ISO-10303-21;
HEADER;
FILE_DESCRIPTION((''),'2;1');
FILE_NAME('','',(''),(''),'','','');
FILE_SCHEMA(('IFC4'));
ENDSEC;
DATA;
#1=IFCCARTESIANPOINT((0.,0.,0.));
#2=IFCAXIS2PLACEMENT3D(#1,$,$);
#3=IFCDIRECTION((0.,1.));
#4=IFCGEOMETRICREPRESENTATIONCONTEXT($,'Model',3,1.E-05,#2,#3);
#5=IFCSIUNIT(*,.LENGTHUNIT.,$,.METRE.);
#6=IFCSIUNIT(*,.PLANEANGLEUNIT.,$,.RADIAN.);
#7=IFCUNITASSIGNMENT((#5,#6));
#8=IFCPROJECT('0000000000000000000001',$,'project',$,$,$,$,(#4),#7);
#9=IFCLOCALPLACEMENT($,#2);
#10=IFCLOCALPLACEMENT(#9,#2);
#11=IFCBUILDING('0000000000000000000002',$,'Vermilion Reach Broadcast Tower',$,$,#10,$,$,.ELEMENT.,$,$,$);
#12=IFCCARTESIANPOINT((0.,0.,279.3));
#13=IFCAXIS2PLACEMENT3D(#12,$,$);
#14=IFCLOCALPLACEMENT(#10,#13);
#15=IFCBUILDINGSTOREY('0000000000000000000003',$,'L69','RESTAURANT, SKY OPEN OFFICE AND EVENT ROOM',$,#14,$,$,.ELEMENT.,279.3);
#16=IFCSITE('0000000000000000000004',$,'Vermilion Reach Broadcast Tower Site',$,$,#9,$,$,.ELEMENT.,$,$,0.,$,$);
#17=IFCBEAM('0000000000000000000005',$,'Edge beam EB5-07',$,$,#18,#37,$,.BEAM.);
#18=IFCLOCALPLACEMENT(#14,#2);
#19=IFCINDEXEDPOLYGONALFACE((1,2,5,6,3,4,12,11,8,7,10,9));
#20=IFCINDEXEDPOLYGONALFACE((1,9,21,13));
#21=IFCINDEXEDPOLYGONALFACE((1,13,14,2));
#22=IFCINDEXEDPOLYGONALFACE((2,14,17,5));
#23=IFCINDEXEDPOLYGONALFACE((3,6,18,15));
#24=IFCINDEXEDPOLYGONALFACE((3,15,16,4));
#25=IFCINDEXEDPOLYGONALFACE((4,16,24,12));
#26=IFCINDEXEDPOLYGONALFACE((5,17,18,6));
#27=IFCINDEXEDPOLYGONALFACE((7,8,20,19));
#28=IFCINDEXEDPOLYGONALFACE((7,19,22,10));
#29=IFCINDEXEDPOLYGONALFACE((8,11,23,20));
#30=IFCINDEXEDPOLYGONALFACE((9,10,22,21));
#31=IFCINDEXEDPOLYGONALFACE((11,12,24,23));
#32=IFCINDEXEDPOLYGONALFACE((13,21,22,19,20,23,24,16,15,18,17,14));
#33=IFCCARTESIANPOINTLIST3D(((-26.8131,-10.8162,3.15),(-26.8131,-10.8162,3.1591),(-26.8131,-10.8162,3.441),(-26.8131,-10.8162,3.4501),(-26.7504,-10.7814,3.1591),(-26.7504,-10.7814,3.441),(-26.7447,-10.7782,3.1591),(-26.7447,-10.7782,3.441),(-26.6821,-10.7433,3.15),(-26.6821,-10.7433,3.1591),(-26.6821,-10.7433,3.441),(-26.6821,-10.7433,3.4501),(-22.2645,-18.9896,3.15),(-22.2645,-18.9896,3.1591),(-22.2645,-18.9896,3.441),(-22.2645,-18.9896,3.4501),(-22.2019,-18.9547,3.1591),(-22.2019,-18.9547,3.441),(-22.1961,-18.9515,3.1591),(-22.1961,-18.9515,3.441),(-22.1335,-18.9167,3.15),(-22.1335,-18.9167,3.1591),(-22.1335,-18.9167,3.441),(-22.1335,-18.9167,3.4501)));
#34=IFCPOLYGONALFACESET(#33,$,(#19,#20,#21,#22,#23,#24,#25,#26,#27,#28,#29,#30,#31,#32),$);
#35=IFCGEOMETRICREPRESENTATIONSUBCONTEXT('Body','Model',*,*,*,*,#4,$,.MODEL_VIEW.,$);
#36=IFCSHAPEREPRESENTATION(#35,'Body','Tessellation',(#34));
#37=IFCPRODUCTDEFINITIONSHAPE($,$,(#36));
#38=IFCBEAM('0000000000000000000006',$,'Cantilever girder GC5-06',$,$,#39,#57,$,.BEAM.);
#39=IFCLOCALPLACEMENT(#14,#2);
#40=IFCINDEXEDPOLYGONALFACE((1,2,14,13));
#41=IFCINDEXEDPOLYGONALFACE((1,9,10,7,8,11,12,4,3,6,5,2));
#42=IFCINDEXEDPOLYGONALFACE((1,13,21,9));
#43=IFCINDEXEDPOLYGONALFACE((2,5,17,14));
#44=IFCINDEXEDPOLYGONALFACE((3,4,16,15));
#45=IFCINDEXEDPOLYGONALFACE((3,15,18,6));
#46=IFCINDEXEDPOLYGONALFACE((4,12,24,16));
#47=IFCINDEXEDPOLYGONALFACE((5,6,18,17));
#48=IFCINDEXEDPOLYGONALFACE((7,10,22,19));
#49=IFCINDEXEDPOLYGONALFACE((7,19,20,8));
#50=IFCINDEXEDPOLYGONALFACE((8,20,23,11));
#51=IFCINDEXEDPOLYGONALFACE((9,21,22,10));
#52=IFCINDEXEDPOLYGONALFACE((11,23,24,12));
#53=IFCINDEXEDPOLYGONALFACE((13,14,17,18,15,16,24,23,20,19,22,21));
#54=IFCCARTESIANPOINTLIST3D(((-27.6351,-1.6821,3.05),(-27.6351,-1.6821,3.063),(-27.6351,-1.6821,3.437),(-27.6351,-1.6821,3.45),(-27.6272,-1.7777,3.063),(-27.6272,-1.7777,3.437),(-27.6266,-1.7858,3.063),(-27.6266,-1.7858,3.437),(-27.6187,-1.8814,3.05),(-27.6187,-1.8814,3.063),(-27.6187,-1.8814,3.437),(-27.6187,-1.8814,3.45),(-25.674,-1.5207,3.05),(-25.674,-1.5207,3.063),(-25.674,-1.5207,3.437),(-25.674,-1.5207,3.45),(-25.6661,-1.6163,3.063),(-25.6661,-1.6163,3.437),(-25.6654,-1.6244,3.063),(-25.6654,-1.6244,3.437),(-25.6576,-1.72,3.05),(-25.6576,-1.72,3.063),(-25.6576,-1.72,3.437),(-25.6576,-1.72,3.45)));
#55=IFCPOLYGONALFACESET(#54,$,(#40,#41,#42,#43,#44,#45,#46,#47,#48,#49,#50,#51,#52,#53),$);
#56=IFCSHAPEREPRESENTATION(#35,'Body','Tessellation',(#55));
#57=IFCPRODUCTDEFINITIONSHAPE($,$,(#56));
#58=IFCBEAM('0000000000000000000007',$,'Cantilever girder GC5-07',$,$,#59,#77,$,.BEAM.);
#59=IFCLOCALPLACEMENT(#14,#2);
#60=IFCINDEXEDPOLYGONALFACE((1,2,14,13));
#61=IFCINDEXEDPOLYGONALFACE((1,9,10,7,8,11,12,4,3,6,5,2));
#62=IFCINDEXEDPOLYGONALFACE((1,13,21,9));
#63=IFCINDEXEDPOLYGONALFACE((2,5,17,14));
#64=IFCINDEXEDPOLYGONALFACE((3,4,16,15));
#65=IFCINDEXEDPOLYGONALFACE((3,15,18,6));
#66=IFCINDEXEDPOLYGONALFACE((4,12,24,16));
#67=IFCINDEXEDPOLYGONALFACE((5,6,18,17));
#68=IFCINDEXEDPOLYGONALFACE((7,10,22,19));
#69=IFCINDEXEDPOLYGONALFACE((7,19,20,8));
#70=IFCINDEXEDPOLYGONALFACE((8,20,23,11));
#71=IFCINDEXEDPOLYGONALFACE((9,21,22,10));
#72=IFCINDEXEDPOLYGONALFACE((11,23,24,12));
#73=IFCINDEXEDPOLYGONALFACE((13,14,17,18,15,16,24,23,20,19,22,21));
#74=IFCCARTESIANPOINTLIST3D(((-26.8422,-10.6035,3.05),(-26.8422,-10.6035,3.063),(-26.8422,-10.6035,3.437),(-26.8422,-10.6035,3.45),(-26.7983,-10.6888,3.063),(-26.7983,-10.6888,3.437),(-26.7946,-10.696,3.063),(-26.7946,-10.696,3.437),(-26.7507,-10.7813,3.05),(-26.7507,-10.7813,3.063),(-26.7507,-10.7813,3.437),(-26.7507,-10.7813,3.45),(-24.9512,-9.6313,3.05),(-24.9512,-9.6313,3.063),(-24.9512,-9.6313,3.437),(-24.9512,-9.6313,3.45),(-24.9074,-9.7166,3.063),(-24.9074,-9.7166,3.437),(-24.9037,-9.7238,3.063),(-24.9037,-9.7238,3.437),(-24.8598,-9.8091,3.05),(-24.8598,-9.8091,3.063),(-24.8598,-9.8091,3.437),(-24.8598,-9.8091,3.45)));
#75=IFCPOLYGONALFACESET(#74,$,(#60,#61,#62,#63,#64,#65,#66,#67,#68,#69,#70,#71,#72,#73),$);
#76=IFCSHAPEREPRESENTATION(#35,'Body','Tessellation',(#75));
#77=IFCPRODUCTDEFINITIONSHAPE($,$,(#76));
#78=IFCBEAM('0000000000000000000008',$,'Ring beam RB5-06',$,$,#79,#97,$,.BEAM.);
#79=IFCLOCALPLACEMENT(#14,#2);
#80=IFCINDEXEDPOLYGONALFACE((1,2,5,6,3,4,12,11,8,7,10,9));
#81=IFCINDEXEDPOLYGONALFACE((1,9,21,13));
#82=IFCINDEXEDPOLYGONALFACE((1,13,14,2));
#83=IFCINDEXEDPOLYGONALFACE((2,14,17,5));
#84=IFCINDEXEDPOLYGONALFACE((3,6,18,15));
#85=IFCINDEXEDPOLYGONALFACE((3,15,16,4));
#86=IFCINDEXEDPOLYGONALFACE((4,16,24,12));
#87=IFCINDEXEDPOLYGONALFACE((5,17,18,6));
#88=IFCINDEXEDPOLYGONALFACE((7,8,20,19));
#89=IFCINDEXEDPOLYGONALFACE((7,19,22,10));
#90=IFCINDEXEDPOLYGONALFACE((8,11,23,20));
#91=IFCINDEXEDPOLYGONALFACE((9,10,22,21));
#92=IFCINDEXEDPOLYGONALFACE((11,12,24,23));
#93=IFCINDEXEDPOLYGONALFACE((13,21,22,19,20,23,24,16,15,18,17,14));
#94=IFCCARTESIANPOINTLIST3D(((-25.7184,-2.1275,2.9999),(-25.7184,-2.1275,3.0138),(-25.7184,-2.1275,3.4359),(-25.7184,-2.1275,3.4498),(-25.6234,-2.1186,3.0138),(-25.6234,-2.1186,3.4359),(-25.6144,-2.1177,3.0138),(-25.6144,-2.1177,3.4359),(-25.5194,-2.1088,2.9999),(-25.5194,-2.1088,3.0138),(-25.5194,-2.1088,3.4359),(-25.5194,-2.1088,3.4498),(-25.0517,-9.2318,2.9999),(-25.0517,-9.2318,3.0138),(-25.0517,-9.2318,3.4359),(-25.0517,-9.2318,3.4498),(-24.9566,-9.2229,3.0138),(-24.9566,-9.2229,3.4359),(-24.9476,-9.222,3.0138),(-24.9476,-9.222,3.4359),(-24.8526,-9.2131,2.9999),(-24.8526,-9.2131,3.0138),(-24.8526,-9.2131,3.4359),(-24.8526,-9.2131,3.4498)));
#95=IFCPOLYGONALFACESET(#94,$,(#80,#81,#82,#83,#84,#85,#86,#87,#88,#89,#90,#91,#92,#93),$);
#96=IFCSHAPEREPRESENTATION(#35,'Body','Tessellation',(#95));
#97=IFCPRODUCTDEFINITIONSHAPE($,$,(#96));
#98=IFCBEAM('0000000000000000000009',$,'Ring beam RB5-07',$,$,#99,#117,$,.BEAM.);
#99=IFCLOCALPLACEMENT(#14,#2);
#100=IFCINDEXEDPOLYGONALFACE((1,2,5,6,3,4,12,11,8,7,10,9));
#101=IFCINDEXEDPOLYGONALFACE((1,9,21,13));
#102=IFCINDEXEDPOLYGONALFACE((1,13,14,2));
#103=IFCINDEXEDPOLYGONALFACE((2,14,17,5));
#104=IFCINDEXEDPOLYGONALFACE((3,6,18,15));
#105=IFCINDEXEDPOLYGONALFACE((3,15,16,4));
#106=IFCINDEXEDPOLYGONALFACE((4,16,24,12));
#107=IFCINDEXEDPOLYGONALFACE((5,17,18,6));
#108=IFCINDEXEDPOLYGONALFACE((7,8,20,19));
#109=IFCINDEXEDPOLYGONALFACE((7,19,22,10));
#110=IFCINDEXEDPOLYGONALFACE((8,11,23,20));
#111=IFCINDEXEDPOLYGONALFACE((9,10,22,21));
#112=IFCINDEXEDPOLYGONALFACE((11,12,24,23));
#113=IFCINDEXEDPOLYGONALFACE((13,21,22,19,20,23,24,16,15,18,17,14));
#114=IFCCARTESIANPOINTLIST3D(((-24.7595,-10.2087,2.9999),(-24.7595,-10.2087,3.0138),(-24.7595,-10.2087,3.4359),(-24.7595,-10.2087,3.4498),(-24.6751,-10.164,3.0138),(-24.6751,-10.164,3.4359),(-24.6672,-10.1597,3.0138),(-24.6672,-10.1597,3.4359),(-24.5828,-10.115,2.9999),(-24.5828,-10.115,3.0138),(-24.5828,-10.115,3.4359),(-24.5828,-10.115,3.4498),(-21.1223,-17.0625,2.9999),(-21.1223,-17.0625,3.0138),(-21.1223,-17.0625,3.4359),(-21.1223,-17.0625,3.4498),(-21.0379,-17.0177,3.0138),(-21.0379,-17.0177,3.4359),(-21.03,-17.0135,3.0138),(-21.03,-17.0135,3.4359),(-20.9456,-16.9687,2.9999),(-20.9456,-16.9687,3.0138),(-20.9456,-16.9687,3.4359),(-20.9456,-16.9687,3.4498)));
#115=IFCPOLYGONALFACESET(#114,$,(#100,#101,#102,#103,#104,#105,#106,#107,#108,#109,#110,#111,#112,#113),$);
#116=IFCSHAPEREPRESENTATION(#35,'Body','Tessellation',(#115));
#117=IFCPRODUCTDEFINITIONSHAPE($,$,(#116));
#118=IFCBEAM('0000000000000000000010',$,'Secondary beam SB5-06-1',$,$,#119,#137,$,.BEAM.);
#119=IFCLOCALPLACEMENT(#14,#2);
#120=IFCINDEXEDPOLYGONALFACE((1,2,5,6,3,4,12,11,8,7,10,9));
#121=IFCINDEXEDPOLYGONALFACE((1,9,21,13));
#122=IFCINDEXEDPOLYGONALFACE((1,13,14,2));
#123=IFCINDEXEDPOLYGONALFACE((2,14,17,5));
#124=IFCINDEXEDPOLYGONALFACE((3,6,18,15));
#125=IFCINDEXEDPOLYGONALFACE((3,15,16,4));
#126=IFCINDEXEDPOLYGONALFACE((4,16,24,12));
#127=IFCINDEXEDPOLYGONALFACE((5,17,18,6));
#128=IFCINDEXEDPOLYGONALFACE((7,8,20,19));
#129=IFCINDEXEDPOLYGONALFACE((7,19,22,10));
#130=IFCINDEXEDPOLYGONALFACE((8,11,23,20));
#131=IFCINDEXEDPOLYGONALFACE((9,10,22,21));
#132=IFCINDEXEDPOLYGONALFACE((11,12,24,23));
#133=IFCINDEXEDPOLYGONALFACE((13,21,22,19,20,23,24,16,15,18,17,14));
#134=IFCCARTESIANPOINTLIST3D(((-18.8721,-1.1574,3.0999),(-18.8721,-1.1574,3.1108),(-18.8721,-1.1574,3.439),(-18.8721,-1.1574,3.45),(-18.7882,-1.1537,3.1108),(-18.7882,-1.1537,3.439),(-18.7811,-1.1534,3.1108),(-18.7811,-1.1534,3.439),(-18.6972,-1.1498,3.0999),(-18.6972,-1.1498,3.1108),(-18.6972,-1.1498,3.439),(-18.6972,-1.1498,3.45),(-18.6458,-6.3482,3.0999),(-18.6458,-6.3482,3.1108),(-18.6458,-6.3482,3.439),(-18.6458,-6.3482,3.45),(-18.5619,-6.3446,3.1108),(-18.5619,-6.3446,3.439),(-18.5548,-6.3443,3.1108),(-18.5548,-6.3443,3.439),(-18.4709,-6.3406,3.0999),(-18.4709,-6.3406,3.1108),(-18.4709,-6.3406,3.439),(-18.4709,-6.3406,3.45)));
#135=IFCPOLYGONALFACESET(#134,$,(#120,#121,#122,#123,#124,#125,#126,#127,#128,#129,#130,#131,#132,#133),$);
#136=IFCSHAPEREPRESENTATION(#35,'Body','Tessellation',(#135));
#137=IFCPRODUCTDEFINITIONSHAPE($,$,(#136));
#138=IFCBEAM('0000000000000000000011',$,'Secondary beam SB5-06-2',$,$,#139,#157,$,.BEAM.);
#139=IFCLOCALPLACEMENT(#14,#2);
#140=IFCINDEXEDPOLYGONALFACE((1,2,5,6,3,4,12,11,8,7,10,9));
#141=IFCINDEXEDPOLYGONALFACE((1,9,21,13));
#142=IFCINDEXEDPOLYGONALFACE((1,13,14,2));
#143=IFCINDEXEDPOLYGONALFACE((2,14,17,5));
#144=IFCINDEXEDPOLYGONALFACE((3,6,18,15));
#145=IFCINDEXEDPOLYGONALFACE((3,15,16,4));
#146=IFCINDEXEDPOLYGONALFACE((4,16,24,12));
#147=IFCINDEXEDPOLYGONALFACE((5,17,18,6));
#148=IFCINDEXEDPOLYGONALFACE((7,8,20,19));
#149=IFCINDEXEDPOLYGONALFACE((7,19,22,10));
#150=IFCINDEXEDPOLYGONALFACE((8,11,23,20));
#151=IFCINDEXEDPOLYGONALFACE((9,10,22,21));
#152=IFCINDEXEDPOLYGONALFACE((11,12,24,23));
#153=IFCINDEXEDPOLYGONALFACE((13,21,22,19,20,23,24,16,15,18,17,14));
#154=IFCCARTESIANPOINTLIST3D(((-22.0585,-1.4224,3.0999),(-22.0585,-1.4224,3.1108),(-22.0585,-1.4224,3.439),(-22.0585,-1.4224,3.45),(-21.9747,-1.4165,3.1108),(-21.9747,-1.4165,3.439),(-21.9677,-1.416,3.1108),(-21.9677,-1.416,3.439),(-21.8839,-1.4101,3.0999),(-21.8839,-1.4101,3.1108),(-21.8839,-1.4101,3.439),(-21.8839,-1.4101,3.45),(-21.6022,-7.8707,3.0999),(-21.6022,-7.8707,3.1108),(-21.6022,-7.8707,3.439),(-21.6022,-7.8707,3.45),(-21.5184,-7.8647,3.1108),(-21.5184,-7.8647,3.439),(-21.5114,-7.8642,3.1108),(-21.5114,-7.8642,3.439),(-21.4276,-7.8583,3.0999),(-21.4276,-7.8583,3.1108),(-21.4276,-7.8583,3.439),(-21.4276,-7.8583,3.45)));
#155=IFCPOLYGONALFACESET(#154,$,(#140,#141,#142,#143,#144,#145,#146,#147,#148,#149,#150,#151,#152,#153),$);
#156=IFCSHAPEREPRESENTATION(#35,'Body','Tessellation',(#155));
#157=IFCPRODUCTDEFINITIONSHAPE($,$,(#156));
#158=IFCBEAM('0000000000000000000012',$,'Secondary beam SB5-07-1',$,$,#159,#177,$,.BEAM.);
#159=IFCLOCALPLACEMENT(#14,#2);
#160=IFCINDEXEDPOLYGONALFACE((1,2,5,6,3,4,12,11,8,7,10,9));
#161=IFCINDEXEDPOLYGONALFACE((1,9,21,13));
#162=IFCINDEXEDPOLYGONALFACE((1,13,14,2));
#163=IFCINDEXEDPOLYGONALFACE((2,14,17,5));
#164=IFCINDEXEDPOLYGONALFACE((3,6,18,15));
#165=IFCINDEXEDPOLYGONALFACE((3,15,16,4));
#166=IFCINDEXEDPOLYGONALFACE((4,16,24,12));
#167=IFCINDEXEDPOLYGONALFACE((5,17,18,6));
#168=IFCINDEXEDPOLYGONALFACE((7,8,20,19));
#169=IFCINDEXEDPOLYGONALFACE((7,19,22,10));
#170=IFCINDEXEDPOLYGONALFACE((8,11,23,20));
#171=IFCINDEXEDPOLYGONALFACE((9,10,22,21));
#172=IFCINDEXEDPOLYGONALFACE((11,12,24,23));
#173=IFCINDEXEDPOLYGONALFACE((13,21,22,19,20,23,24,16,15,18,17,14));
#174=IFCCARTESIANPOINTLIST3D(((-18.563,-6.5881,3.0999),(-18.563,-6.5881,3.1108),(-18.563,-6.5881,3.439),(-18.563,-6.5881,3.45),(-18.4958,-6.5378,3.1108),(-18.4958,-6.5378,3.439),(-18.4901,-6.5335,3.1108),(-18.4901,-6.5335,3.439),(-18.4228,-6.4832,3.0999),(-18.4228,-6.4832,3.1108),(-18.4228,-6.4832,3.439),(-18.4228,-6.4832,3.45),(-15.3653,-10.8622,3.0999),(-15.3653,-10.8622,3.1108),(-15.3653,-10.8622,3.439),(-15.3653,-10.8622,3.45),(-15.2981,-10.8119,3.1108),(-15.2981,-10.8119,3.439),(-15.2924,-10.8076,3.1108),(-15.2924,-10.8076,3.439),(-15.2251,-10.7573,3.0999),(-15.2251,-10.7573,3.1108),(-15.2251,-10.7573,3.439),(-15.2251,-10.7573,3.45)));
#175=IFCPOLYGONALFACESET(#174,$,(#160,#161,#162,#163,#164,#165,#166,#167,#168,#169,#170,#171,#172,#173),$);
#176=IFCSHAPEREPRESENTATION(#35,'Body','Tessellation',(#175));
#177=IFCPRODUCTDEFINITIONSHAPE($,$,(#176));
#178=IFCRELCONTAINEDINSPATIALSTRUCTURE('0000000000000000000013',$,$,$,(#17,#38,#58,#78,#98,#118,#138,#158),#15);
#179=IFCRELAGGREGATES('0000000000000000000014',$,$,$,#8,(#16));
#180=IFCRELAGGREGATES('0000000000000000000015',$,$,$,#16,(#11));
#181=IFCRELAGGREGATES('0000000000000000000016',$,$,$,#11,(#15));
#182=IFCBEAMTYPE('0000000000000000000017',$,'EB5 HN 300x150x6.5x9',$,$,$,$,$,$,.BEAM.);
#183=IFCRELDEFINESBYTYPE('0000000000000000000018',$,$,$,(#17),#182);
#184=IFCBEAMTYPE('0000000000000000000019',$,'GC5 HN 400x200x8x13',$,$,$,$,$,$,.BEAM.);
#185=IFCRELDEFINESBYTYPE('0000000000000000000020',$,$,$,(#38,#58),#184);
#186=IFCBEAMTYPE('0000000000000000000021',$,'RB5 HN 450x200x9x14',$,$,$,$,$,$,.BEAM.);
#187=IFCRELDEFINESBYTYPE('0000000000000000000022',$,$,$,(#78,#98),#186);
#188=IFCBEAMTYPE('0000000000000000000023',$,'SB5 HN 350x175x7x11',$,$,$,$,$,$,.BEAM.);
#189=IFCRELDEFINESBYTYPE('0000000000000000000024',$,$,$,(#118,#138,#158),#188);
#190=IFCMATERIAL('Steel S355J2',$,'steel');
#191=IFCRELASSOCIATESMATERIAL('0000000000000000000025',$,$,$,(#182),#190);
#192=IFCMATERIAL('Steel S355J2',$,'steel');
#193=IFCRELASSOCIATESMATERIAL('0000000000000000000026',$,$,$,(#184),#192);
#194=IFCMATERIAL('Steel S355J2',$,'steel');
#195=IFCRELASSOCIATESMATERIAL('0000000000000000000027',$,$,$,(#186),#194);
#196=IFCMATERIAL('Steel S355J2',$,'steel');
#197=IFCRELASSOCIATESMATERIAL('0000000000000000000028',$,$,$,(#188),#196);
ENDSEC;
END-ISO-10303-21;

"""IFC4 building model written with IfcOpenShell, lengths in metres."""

from ifc_helpers import new_model, si_unit, direction, frame, origin, origin_2d, place, context, subcontext, project, spatial, i_section, extrude, material, material_profile, profile_set, type_object, element, save


model = new_model("IFC4")

# Units and contexts
model_context = context("Model", 3, precision=1e-05, world=origin(), true_north=direction((0.0, 1.0)))
body_context = subcontext(model_context, "Body", "Model", "MODEL_VIEW")
ifc_project = project(units=[si_unit("LENGTHUNIT", "METRE"), si_unit("PLANEANGLEUNIT", "RADIAN")], contexts=[model_context])

# Site, building, storey
site_placement = place(None, origin())
site = spatial("IfcSite", under=ifc_project, at=site_placement, Name="Vermilion Reach Broadcast Tower Site", CompositionType="ELEMENT", RefElevation=0.0)
building_placement = place(site_placement, origin())
building = spatial("IfcBuilding", under=site, at=building_placement, Name="Vermilion Reach Broadcast Tower", CompositionType="ELEMENT")
storey_placement = place(building_placement, frame((0.0, 0.0, 279.3)))
storey = spatial("IfcBuildingStorey", under=building, at=storey_placement, Name="L69", Description="RESTAURANT, SKY OPEN OFFICE AND EVENT ROOM", CompositionType="ELEMENT", Elevation=279.3)

# Beams
ifc_material_1 = material(Name="Steel S355J2", Category="steel")
ifc_material_profile_1 = material_profile(ifc_material_1, i_section(OverallWidth=0.1499, OverallDepth=0.3, WebThickness=0.0066, FlangeThickness=0.009, at=origin_2d()), Name="S355J2 HN 300x150x6.5x9")
ifc_profile_set_1 = profile_set([ifc_material_profile_1], Name="Steel S355J2")
beam_type_1 = type_object("IfcBeamType", Name="EB5 HN 300x150x6.5x9", PredefinedType="BEAM", material=ifc_profile_set_1)
beam_1_placement = place(storey_placement, frame((-26.7476, -10.7798, 3.3), z_axis=(0.486283, -0.873801, 0.0), x_axis=(0.873801, 0.486283, 0.0)))
element("IfcBeam", 1, at=beam_1_placement, inside=storey, type_object=beam_type_1, Name="Edge beam EB5-07", PredefinedType="BEAM", context=body_context, shape_type="SweptSolid", body=[
    extrude(i_section(OverallWidth=0.1499, OverallDepth=0.3, WebThickness=0.0066, FlangeThickness=0.009, at=origin_2d()), origin(), (0.0, 0.0, 1.0), 9.3538),
])
ifc_material_2 = material(Name="Steel S355J2", Category="steel")
ifc_material_profile_2 = material_profile(ifc_material_2, i_section(OverallWidth=0.2, OverallDepth=0.3999, WebThickness=0.0081, FlangeThickness=0.0129, at=origin_2d()), Name="S355J2 HN 400x200x8x13")
ifc_profile_set_2 = profile_set([ifc_material_profile_2], Name="Steel S355J2")
beam_type_2 = type_object("IfcBeamType", Name="GC5 HN 400x200x8x13", PredefinedType="BEAM", material=ifc_profile_set_2)
beam_2_placement = place(storey_placement, frame((-25.6658, -1.6204, 3.25), z_axis=(-0.996632, -0.082008, 0.0), x_axis=(0.082008, -0.996632, 0.0)))
element("IfcBeam", 2, at=beam_2_placement, inside=storey, type_object=beam_type_2, Name="Cantilever girder GC5-06", PredefinedType="BEAM", context=body_context, shape_type="SweptSolid", body=[
    extrude(i_section(OverallWidth=0.2, OverallDepth=0.3999, WebThickness=0.0081, FlangeThickness=0.0129, at=origin_2d()), origin(), (0.0, 0.0, 1.0), 1.9678),
])
beam_3_placement = place(storey_placement, frame((-24.9055, -9.7202, 3.25), z_axis=(-0.889341, -0.457244, 0.0), x_axis=(0.457244, -0.889341, 0.0)))
element("IfcBeam", 3, at=beam_3_placement, inside=storey, type_object=beam_type_2, Name="Cantilever girder GC5-07", PredefinedType="BEAM", context=body_context, shape_type="SweptSolid", body=[
    extrude(i_section(OverallWidth=0.2, OverallDepth=0.3999, WebThickness=0.0081, FlangeThickness=0.0129, at=origin_2d()), origin(), (0.0, 0.0, 1.0), 2.1262),
])
ifc_material_3 = material(Name="Steel S355J2", Category="steel")
ifc_material_profile_3 = material_profile(ifc_material_3, i_section(OverallWidth=0.2, OverallDepth=0.45, WebThickness=0.009, FlangeThickness=0.0139, at=origin_2d()), Name="S355J2 HN 450x200x9x14")
ifc_profile_set_3 = profile_set([ifc_material_profile_3], Name="Steel S355J2")
beam_type_3 = type_object("IfcBeamType", Name="RB5 HN 450x200x9x14", PredefinedType="BEAM", material=ifc_profile_set_3)
beam_4_placement = place(storey_placement, frame((-25.6189, -2.1182, 3.2249), z_axis=(0.093441, -0.995625, 0.0), x_axis=(0.995625, 0.093441, 0.0)))
element("IfcBeam", 4, at=beam_4_placement, inside=storey, type_object=beam_type_3, Name="Ring beam RB5-06", PredefinedType="BEAM", context=body_context, shape_type="SweptSolid", body=[
    extrude(i_section(OverallWidth=0.2, OverallDepth=0.45, WebThickness=0.009, FlangeThickness=0.0139, at=origin_2d()), origin(), (0.0, 0.0, 1.0), 7.1355),
])
beam_5_placement = place(storey_placement, frame((-24.6711, -10.1619, 3.2249), z_axis=(0.468768, -0.883321, 0.0), x_axis=(0.883321, 0.468768, 0.0)))
element("IfcBeam", 5, at=beam_5_placement, inside=storey, type_object=beam_type_3, Name="Ring beam RB5-07", PredefinedType="BEAM", context=body_context, shape_type="SweptSolid", body=[
    extrude(i_section(OverallWidth=0.2, OverallDepth=0.45, WebThickness=0.009, FlangeThickness=0.0139, at=origin_2d()), origin(), (0.0, 0.0, 1.0), 7.759),
])
ifc_material_4 = material(Name="Steel S355J2", Category="steel")
ifc_material_profile_4 = material_profile(ifc_material_4, i_section(OverallWidth=0.175, OverallDepth=0.3501, WebThickness=0.0071, FlangeThickness=0.011, at=origin_2d()), Name="S355J2 HN 350x175x7x11")
ifc_profile_set_4 = profile_set([ifc_material_profile_4], Name="Steel S355J2")
beam_type_4 = type_object("IfcBeamType", Name="SB5 HN 350x175x7x11", PredefinedType="BEAM", material=ifc_profile_set_4)
beam_6_placement = place(storey_placement, frame((-18.7847, -1.1536, 3.2749), z_axis=(0.043558, -0.999051, 0.0), x_axis=(0.999051, 0.043558, 0.0)))
element("IfcBeam", 6, at=beam_6_placement, inside=storey, type_object=beam_type_4, Name="Secondary beam SB5-06-1", PredefinedType="BEAM", context=body_context, shape_type="SweptSolid", body=[
    extrude(i_section(OverallWidth=0.175, OverallDepth=0.3501, WebThickness=0.0071, FlangeThickness=0.011, at=origin_2d()), origin(), (0.0, 0.0, 1.0), 5.1958),
])
beam_7_placement = place(storey_placement, frame((-21.9712, -1.4163, 3.2749), z_axis=(0.070587, -0.997506, 0.0), x_axis=(0.997506, 0.070587, 0.0)))
element("IfcBeam", 7, at=beam_7_placement, inside=storey, type_object=beam_type_4, Name="Secondary beam SB5-06-2", PredefinedType="BEAM", context=body_context, shape_type="SweptSolid", body=[
    extrude(i_section(OverallWidth=0.175, OverallDepth=0.3501, WebThickness=0.0071, FlangeThickness=0.011, at=origin_2d()), origin(), (0.0, 0.0, 1.0), 6.4644),
])
beam_8_placement = place(storey_placement, frame((-18.4929, -6.5356, 3.2749), z_axis=(0.599056, -0.800707, 0.0), x_axis=(0.800707, 0.599056, 0.0)))
element("IfcBeam", 8, at=beam_8_placement, inside=storey, type_object=beam_type_4, Name="Secondary beam SB5-07-1", PredefinedType="BEAM", context=body_context, shape_type="SweptSolid", body=[
    extrude(i_section(OverallWidth=0.175, OverallDepth=0.3501, WebThickness=0.0071, FlangeThickness=0.011, at=origin_2d()), origin(), (0.0, 0.0, 1.0), 5.3379),
])

save(model, "model.ifc")
